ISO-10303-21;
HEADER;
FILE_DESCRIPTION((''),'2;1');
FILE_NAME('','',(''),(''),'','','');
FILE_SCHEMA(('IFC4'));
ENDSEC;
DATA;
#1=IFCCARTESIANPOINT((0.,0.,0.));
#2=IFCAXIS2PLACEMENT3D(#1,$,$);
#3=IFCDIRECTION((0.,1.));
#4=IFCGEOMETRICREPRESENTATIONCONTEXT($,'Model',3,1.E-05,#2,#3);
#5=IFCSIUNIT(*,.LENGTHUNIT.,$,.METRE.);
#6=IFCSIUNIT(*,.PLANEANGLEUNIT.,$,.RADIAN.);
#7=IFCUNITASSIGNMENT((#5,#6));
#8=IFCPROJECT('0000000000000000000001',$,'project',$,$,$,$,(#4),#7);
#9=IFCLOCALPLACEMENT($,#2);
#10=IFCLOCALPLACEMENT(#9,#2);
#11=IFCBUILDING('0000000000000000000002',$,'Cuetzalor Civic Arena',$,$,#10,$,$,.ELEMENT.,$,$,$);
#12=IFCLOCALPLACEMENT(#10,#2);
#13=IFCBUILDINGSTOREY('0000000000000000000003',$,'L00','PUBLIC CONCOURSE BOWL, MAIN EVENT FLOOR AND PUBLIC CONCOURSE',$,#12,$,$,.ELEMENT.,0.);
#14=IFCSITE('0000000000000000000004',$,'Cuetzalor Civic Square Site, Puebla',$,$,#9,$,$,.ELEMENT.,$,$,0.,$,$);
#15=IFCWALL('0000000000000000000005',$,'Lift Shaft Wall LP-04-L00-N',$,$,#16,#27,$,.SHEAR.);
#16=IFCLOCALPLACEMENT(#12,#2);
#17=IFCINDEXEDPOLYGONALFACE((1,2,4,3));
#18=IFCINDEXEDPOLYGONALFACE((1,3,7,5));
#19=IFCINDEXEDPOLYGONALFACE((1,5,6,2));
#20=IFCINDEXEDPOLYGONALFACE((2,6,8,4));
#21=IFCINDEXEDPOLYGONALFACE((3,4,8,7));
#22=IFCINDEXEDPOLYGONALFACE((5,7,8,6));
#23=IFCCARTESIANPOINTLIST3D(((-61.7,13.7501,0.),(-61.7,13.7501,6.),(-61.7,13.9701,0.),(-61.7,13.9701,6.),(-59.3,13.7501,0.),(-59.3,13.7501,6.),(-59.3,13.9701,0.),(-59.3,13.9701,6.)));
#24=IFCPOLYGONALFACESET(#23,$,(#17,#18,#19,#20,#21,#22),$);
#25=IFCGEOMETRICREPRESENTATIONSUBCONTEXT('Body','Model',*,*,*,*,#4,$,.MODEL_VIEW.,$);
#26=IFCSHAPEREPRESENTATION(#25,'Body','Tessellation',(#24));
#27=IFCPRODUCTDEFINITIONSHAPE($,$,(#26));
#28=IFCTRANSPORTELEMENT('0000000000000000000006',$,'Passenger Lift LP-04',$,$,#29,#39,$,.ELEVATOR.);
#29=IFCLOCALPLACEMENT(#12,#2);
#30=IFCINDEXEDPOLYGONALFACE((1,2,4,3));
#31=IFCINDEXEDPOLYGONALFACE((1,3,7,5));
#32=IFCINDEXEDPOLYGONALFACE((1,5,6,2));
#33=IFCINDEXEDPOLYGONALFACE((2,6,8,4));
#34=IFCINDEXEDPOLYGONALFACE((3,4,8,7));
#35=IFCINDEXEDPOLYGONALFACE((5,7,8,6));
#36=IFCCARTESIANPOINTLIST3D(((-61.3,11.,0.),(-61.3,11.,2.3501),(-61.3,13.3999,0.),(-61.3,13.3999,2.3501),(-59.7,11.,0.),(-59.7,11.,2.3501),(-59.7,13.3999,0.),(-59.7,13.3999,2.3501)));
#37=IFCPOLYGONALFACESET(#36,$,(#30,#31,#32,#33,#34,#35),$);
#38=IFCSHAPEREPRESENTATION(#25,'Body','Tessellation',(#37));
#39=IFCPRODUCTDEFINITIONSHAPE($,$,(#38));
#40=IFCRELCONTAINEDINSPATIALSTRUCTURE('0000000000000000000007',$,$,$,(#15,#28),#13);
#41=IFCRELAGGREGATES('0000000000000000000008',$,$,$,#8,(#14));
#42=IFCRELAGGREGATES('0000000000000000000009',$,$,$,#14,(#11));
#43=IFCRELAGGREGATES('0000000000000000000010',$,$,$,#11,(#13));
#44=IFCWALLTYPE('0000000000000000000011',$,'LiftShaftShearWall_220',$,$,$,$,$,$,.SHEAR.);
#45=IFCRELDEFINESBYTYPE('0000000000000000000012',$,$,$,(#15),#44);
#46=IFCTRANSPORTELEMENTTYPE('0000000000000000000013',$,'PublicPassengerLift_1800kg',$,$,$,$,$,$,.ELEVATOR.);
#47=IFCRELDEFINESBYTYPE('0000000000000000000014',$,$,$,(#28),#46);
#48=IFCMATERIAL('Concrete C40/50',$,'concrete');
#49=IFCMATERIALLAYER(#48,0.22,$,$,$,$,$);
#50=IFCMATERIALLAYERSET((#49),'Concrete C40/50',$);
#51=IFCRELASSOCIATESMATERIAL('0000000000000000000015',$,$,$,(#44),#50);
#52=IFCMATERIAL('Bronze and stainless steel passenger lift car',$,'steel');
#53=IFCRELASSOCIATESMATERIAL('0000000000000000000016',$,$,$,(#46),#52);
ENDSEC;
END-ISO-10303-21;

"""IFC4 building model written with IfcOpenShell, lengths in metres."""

from ifc_helpers import new_model, si_unit, direction, frame, frame_2d, origin, origin_2d, place, context, subcontext, project, spatial, rectangle, extrude, material, layer, layer_set, type_object, element, save


model = new_model("IFC4")

# Units and contexts
model_context = context("Model", 3, precision=1e-05, world=origin(), true_north=direction((0.0, 1.0)))
body_context = subcontext(model_context, "Body", "Model", "MODEL_VIEW")
ifc_project = project(units=[si_unit("LENGTHUNIT", "METRE"), si_unit("PLANEANGLEUNIT", "RADIAN")], contexts=[model_context])

# Site, building, storey
site_placement = place(None, origin())
site = spatial("IfcSite", under=ifc_project, at=site_placement, Name="Cuetzalor Civic Square Site, Puebla", CompositionType="ELEMENT", RefElevation=0.0)
building_placement = place(site_placement, origin())
building = spatial("IfcBuilding", under=site, at=building_placement, Name="Cuetzalor Civic Arena", CompositionType="ELEMENT")
storey_placement = place(building_placement, origin())
storey = spatial("IfcBuildingStorey", under=building, at=storey_placement, Name="L00", Description="PUBLIC CONCOURSE BOWL, MAIN EVENT FLOOR AND PUBLIC CONCOURSE", CompositionType="ELEMENT", Elevation=0.0)

# Shared definitions
ifc_material_1 = material(Name="Concrete C40/50", Category="concrete")
ifc_layer_1 = layer(ifc_material_1, 0.22)
ifc_layer_set_1 = layer_set([ifc_layer_1], Name="Concrete C40/50")
wall_type_1 = type_object("IfcWallType", Name="LiftShaftShearWall_220", PredefinedType="SHEAR", material=ifc_layer_set_1)

# Wall
wall_1_placement = place(storey_placement, frame((-61.7, 13.8601, 0.0), z_axis=(0.0, 0.0, 1.0), x_axis=(1.0, 0.0, 0.0)))
element("IfcWall", 1, at=wall_1_placement, inside=storey, type_object=wall_type_1, Name="Lift Shaft Wall LP-04-L00-N", PredefinedType="SHEAR", context=body_context, shape_type="SweptSolid", body=[
    extrude(rectangle(XDim=2.3999, YDim=0.22, at=frame_2d((1.2, 0.0))), origin(), (0.0, 0.0, 1.0), 6.0),
])

# Transport element
ifc_material_2 = material(Name="Bronze and stainless steel passenger lift car", Category="steel")
transport_element_type = type_object("IfcTransportElementType", Name="PublicPassengerLift_1800kg", PredefinedType="ELEVATOR", material=ifc_material_2)
transport_element_placement = place(storey_placement, frame((-60.5, 12.2, 0.0), z_axis=(0.0, 0.0, 1.0), x_axis=(-1.0, 0.0, 0.0)))
element("IfcTransportElement", 2, at=transport_element_placement, inside=storey, type_object=transport_element_type, Name="Passenger Lift LP-04", PredefinedType="ELEVATOR", context=body_context, shape_type="SweptSolid", body=[
    extrude(rectangle(XDim=1.6001, YDim=2.3999, at=origin_2d()), origin(), (0.0, 0.0, 1.0), 2.3501),
])

save(model, "model.ifc")
